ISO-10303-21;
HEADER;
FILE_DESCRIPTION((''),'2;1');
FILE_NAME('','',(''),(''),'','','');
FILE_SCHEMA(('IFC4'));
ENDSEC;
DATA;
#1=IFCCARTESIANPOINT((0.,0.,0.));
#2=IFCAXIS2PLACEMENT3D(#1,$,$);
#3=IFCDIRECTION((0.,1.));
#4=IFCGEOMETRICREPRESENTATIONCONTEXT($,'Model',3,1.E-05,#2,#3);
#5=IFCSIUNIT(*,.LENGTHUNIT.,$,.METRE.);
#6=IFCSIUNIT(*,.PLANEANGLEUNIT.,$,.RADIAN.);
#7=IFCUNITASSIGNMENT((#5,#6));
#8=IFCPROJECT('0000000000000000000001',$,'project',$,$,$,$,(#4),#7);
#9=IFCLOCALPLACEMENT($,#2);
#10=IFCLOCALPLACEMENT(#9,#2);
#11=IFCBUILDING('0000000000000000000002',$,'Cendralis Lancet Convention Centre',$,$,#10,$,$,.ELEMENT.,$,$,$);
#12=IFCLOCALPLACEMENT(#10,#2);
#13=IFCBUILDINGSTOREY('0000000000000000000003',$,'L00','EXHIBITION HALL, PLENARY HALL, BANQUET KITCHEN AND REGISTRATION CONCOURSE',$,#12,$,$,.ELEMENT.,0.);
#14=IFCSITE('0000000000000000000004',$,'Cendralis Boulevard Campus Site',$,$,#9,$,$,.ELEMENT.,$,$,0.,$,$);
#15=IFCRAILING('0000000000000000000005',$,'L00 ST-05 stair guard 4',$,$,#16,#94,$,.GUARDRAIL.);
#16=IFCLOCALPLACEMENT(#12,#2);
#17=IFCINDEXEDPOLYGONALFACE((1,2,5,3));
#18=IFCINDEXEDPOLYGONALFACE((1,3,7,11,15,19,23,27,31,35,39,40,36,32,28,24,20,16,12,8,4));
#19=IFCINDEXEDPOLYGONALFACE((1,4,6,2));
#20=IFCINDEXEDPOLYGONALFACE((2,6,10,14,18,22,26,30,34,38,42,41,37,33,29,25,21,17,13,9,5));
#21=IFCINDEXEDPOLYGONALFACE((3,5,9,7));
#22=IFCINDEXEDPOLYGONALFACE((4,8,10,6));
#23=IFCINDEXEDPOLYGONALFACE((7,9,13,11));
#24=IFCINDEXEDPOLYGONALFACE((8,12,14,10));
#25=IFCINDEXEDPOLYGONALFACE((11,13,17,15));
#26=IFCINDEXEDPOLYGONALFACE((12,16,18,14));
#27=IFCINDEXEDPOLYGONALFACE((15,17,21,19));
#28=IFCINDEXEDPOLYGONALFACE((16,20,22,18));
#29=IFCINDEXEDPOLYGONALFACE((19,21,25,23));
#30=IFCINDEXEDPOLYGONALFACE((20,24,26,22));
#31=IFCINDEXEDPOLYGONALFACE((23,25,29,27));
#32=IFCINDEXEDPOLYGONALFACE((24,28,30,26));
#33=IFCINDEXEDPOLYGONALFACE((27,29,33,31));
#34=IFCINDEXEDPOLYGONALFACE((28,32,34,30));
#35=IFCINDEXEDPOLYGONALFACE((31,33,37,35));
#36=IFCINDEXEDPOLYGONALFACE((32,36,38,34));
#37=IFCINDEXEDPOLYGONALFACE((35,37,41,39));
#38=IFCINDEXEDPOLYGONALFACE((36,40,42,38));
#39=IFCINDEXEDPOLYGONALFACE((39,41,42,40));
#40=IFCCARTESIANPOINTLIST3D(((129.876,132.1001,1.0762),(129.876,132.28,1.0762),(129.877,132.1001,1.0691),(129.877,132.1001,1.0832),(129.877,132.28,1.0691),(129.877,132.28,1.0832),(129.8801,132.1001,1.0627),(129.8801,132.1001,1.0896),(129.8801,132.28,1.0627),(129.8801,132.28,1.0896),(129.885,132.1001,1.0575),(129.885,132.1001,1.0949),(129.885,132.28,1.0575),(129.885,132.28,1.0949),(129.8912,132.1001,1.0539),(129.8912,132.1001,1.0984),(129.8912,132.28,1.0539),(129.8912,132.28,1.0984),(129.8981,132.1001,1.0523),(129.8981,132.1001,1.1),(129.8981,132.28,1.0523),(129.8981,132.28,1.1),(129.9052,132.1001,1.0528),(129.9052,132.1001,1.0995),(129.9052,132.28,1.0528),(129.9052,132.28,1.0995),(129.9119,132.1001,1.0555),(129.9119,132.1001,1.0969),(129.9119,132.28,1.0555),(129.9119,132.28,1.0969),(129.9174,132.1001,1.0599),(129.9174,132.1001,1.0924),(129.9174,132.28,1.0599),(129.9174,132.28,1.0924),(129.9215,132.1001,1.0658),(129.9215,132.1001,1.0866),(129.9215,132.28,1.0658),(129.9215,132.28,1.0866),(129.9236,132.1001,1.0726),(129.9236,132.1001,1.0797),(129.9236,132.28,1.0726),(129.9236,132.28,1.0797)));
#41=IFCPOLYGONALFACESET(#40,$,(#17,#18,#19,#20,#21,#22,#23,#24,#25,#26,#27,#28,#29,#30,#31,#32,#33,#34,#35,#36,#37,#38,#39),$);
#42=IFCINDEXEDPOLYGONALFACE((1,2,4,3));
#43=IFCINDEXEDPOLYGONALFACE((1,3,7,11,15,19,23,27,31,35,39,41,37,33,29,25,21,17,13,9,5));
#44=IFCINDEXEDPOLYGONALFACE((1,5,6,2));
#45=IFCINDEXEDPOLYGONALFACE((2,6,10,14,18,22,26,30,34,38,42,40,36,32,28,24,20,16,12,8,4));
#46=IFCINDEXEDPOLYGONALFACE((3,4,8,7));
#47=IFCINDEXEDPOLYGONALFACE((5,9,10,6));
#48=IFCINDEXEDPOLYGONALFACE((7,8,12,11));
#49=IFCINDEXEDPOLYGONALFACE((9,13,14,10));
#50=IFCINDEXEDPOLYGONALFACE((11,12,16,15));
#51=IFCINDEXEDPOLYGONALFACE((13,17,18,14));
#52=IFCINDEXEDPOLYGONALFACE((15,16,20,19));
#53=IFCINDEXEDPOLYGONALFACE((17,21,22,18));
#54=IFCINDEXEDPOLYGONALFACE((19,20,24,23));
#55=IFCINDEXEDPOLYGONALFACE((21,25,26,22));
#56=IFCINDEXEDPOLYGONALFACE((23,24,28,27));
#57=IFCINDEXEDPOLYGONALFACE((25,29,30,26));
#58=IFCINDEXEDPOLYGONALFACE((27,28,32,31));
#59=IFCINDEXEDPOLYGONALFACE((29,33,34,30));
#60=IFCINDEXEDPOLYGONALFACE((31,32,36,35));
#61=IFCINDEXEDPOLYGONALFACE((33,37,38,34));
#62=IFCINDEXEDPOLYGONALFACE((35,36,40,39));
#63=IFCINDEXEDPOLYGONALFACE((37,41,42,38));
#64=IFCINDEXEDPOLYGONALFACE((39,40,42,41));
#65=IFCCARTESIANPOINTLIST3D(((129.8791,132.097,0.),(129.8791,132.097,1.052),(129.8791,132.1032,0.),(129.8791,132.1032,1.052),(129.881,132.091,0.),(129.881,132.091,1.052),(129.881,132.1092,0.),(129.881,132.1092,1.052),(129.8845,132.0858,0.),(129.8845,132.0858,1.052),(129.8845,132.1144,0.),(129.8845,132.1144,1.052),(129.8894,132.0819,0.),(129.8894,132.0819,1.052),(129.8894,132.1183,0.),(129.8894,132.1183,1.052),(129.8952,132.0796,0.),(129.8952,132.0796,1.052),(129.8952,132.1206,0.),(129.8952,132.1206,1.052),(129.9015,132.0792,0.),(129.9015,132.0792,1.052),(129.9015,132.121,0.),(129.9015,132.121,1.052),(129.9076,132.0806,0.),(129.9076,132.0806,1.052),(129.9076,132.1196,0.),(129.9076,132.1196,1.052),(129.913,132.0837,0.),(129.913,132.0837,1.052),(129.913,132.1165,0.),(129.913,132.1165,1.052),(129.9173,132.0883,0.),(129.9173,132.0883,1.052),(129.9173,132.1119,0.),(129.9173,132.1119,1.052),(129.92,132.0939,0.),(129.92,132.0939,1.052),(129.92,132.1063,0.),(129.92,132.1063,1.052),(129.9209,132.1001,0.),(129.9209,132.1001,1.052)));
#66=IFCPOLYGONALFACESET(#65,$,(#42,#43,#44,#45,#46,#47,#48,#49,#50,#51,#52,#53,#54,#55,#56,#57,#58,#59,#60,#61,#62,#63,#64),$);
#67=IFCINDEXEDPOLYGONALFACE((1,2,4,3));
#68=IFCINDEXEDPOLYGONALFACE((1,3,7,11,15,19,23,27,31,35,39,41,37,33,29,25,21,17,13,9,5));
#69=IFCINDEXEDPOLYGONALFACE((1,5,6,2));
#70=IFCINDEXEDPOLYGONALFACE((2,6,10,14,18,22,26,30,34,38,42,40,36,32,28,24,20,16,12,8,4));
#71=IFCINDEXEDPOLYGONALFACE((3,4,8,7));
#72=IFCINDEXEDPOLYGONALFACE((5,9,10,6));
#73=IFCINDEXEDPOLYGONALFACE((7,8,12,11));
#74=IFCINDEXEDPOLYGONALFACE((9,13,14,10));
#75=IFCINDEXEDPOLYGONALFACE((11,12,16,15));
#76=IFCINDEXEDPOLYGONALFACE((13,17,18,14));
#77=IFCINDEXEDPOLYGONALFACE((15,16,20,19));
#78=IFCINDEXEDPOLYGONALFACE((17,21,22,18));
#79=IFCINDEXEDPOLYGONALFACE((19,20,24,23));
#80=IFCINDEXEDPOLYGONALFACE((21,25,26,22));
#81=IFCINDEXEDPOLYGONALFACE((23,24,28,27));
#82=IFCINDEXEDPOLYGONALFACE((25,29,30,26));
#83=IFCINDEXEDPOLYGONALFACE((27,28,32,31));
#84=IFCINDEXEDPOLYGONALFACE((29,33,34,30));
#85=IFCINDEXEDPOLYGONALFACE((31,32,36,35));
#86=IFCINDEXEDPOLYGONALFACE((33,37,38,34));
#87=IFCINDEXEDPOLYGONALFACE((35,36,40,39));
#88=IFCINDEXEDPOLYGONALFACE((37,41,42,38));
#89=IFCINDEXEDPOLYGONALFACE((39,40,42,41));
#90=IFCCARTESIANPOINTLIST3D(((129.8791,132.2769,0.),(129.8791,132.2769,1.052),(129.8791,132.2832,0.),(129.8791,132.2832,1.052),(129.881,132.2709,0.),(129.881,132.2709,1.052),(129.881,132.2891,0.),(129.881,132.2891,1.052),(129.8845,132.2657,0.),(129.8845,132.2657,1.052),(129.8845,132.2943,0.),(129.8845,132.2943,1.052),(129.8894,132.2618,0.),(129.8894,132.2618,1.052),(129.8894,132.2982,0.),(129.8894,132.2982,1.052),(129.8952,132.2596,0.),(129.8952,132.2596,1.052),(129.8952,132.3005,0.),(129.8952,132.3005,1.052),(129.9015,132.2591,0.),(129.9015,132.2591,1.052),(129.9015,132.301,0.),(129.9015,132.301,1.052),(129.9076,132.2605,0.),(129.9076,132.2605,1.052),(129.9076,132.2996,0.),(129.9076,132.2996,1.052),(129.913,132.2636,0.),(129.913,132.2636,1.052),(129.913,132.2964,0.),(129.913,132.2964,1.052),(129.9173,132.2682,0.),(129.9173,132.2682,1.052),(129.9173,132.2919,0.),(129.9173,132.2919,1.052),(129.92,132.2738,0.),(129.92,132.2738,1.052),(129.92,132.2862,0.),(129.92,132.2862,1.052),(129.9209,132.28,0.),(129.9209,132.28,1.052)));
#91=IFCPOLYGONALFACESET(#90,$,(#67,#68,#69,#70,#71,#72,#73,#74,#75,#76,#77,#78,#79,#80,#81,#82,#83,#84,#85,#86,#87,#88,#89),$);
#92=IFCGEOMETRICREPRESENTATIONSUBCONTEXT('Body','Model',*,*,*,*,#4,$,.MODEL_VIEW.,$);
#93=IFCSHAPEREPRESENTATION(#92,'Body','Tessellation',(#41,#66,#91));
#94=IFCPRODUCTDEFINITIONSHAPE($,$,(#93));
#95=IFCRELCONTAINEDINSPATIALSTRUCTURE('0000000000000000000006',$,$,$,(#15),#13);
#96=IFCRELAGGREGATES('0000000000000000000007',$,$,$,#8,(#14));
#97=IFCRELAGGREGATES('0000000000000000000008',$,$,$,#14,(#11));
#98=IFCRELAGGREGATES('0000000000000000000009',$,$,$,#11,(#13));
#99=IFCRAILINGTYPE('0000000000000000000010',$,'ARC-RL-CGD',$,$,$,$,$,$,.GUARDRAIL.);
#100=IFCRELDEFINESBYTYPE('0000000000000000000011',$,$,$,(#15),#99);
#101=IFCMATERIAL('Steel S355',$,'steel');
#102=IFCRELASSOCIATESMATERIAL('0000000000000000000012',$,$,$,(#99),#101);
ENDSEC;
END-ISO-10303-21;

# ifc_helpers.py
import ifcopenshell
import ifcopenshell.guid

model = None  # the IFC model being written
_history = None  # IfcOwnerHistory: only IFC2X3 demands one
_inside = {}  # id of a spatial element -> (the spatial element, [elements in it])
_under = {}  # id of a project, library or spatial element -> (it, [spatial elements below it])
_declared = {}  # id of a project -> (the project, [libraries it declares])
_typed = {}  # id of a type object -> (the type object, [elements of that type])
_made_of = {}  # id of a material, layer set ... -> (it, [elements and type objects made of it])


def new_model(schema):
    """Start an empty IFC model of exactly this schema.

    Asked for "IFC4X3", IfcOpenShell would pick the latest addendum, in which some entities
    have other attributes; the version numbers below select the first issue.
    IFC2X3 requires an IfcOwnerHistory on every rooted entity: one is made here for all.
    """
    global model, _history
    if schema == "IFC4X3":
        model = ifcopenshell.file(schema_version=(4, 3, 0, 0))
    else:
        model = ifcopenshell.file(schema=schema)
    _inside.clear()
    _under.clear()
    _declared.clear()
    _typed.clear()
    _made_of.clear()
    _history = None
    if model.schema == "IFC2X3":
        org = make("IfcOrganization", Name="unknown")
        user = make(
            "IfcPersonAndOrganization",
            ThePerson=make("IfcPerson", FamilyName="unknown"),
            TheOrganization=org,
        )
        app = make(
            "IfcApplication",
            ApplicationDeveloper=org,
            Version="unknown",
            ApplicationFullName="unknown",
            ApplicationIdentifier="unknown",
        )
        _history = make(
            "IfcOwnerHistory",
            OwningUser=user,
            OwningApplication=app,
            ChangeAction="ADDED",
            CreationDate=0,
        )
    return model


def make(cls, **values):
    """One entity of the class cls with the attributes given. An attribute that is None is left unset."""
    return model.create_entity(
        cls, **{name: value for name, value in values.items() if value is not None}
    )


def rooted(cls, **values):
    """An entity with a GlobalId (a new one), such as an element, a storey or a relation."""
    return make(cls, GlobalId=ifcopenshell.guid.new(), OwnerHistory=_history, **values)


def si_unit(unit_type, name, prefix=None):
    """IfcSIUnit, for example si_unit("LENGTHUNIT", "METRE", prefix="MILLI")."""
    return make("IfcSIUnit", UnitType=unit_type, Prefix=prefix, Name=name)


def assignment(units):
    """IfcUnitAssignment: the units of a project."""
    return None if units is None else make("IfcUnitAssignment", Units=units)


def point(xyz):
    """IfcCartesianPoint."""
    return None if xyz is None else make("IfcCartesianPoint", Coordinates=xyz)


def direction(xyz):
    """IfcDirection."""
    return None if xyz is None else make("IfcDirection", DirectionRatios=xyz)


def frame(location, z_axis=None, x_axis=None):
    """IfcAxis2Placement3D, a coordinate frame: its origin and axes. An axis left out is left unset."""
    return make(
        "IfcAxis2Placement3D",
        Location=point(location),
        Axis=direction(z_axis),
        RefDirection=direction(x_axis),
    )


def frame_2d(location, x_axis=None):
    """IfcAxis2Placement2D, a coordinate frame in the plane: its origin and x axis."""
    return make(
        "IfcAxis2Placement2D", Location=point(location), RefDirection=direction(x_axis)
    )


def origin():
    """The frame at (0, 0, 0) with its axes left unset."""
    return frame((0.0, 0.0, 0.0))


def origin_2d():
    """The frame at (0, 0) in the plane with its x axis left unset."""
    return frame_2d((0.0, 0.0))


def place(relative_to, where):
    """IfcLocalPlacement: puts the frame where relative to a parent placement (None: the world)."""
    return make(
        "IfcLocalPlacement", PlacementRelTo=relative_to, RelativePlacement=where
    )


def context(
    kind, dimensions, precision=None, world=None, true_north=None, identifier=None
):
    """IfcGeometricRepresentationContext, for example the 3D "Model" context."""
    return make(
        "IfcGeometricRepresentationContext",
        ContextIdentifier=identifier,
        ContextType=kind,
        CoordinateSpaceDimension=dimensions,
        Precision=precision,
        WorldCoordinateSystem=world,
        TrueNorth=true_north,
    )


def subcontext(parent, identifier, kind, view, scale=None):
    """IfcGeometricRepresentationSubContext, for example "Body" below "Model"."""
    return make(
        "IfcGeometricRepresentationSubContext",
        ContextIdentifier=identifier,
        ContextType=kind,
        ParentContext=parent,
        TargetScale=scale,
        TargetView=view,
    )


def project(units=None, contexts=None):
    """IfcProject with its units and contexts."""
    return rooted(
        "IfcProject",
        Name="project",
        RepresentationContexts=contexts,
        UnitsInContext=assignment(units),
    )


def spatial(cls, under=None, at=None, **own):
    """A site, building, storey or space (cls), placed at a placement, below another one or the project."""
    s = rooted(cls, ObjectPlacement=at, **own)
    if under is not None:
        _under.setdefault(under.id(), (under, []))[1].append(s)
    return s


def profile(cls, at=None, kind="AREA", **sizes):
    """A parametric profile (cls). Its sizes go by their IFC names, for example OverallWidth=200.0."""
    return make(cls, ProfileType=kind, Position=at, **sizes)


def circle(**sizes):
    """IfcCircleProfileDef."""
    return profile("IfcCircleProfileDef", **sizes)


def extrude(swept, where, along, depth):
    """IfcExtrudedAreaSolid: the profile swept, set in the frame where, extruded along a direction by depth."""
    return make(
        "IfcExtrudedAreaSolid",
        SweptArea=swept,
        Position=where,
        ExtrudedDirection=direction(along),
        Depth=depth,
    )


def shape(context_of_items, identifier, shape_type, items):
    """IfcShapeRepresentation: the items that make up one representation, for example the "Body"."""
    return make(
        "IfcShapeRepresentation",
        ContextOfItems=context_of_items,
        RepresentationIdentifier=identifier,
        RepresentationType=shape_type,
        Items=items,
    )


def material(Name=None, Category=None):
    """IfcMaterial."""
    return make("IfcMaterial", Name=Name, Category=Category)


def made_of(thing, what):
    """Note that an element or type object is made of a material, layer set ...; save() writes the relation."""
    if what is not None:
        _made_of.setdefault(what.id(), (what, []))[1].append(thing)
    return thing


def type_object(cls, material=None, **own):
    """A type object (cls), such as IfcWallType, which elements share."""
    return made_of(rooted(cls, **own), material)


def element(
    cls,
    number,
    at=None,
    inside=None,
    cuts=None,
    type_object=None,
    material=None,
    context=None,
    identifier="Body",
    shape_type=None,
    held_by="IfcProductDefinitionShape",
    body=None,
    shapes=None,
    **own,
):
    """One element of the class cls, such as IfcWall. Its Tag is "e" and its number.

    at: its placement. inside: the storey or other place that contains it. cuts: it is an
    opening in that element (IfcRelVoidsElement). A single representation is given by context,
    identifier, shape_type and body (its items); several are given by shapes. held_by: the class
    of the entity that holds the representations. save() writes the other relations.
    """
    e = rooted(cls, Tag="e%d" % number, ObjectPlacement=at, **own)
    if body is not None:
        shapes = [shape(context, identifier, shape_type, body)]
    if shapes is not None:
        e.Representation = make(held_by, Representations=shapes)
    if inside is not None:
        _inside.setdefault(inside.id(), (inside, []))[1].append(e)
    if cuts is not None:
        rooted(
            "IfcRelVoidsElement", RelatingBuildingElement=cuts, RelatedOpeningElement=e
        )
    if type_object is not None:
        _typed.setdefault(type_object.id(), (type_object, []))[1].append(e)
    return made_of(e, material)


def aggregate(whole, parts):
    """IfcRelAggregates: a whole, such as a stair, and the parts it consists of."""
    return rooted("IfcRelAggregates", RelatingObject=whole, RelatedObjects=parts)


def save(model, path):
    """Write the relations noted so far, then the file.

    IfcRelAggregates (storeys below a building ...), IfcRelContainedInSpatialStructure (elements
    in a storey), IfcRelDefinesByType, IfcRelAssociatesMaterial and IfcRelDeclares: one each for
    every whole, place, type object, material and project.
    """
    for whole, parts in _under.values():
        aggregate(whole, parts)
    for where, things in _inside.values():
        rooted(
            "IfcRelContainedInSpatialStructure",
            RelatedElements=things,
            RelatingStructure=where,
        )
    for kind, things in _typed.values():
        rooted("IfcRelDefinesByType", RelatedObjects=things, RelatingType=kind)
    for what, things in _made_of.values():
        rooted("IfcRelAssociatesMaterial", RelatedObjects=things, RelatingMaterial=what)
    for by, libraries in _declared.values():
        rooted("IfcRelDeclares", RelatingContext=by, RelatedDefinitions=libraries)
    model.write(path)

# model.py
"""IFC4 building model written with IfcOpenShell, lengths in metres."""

from ifc_helpers import new_model, si_unit, direction, frame, origin, origin_2d, place, context, subcontext, project, spatial, circle, extrude, material, type_object, element, save


model = new_model("IFC4")

# Units and contexts
model_context = context("Model", 3, precision=1e-05, world=origin(), true_north=direction((0.0, 1.0)))
body_context = subcontext(model_context, "Body", "Model", "MODEL_VIEW")
ifc_project = project(units=[si_unit("LENGTHUNIT", "METRE"), si_unit("PLANEANGLEUNIT", "RADIAN")], contexts=[model_context])

# Site, building, storey
site_placement = place(None, origin())
site = spatial("IfcSite", under=ifc_project, at=site_placement, Name="Cendralis Boulevard Campus Site", CompositionType="ELEMENT", RefElevation=0.0)
building_placement = place(site_placement, origin())
building = spatial("IfcBuilding", under=site, at=building_placement, Name="Cendralis Lancet Convention Centre", CompositionType="ELEMENT")
storey_placement = place(building_placement, origin())
storey = spatial("IfcBuildingStorey", under=building, at=storey_placement, Name="L00", Description="EXHIBITION HALL, PLENARY HALL, BANQUET KITCHEN AND REGISTRATION CONCOURSE", CompositionType="ELEMENT", Elevation=0.0)

# Shared definitions
ifc_material_1 = material(Name="Steel S355", Category="steel")

# Railing
railing_type_1 = type_object("IfcRailingType", Name="ARC-RL-CGD", PredefinedType="GUARDRAIL", material=ifc_material_1)
railing_1_placement = place(storey_placement, frame((129.8999, 132.1001, 0.0)))
element("IfcRailing", 1, at=railing_1_placement, inside=storey, type_object=railing_type_1, Name="L00 ST-05 stair guard 4", PredefinedType="GUARDRAIL", context=body_context, shape_type="SweptSolid", body=[
    extrude(circle(Radius=0.0239, at=origin_2d()), frame((0.0, 0.0, 1.0762), z_axis=(0.0, 1.0, 0.0), x_axis=(-1.0, 0.0, 0.0)), (0.0, 0.0, 1.0), 0.1799),
    extrude(circle(Radius=0.021, at=origin_2d()), origin(), (0.0, 0.0, 1.0), 1.052),
    extrude(circle(Radius=0.021, at=origin_2d()), frame((0.0, 0.1799, 0.0)), (0.0, 0.0, 1.0), 1.052),
])

save(model, "model.ifc")
